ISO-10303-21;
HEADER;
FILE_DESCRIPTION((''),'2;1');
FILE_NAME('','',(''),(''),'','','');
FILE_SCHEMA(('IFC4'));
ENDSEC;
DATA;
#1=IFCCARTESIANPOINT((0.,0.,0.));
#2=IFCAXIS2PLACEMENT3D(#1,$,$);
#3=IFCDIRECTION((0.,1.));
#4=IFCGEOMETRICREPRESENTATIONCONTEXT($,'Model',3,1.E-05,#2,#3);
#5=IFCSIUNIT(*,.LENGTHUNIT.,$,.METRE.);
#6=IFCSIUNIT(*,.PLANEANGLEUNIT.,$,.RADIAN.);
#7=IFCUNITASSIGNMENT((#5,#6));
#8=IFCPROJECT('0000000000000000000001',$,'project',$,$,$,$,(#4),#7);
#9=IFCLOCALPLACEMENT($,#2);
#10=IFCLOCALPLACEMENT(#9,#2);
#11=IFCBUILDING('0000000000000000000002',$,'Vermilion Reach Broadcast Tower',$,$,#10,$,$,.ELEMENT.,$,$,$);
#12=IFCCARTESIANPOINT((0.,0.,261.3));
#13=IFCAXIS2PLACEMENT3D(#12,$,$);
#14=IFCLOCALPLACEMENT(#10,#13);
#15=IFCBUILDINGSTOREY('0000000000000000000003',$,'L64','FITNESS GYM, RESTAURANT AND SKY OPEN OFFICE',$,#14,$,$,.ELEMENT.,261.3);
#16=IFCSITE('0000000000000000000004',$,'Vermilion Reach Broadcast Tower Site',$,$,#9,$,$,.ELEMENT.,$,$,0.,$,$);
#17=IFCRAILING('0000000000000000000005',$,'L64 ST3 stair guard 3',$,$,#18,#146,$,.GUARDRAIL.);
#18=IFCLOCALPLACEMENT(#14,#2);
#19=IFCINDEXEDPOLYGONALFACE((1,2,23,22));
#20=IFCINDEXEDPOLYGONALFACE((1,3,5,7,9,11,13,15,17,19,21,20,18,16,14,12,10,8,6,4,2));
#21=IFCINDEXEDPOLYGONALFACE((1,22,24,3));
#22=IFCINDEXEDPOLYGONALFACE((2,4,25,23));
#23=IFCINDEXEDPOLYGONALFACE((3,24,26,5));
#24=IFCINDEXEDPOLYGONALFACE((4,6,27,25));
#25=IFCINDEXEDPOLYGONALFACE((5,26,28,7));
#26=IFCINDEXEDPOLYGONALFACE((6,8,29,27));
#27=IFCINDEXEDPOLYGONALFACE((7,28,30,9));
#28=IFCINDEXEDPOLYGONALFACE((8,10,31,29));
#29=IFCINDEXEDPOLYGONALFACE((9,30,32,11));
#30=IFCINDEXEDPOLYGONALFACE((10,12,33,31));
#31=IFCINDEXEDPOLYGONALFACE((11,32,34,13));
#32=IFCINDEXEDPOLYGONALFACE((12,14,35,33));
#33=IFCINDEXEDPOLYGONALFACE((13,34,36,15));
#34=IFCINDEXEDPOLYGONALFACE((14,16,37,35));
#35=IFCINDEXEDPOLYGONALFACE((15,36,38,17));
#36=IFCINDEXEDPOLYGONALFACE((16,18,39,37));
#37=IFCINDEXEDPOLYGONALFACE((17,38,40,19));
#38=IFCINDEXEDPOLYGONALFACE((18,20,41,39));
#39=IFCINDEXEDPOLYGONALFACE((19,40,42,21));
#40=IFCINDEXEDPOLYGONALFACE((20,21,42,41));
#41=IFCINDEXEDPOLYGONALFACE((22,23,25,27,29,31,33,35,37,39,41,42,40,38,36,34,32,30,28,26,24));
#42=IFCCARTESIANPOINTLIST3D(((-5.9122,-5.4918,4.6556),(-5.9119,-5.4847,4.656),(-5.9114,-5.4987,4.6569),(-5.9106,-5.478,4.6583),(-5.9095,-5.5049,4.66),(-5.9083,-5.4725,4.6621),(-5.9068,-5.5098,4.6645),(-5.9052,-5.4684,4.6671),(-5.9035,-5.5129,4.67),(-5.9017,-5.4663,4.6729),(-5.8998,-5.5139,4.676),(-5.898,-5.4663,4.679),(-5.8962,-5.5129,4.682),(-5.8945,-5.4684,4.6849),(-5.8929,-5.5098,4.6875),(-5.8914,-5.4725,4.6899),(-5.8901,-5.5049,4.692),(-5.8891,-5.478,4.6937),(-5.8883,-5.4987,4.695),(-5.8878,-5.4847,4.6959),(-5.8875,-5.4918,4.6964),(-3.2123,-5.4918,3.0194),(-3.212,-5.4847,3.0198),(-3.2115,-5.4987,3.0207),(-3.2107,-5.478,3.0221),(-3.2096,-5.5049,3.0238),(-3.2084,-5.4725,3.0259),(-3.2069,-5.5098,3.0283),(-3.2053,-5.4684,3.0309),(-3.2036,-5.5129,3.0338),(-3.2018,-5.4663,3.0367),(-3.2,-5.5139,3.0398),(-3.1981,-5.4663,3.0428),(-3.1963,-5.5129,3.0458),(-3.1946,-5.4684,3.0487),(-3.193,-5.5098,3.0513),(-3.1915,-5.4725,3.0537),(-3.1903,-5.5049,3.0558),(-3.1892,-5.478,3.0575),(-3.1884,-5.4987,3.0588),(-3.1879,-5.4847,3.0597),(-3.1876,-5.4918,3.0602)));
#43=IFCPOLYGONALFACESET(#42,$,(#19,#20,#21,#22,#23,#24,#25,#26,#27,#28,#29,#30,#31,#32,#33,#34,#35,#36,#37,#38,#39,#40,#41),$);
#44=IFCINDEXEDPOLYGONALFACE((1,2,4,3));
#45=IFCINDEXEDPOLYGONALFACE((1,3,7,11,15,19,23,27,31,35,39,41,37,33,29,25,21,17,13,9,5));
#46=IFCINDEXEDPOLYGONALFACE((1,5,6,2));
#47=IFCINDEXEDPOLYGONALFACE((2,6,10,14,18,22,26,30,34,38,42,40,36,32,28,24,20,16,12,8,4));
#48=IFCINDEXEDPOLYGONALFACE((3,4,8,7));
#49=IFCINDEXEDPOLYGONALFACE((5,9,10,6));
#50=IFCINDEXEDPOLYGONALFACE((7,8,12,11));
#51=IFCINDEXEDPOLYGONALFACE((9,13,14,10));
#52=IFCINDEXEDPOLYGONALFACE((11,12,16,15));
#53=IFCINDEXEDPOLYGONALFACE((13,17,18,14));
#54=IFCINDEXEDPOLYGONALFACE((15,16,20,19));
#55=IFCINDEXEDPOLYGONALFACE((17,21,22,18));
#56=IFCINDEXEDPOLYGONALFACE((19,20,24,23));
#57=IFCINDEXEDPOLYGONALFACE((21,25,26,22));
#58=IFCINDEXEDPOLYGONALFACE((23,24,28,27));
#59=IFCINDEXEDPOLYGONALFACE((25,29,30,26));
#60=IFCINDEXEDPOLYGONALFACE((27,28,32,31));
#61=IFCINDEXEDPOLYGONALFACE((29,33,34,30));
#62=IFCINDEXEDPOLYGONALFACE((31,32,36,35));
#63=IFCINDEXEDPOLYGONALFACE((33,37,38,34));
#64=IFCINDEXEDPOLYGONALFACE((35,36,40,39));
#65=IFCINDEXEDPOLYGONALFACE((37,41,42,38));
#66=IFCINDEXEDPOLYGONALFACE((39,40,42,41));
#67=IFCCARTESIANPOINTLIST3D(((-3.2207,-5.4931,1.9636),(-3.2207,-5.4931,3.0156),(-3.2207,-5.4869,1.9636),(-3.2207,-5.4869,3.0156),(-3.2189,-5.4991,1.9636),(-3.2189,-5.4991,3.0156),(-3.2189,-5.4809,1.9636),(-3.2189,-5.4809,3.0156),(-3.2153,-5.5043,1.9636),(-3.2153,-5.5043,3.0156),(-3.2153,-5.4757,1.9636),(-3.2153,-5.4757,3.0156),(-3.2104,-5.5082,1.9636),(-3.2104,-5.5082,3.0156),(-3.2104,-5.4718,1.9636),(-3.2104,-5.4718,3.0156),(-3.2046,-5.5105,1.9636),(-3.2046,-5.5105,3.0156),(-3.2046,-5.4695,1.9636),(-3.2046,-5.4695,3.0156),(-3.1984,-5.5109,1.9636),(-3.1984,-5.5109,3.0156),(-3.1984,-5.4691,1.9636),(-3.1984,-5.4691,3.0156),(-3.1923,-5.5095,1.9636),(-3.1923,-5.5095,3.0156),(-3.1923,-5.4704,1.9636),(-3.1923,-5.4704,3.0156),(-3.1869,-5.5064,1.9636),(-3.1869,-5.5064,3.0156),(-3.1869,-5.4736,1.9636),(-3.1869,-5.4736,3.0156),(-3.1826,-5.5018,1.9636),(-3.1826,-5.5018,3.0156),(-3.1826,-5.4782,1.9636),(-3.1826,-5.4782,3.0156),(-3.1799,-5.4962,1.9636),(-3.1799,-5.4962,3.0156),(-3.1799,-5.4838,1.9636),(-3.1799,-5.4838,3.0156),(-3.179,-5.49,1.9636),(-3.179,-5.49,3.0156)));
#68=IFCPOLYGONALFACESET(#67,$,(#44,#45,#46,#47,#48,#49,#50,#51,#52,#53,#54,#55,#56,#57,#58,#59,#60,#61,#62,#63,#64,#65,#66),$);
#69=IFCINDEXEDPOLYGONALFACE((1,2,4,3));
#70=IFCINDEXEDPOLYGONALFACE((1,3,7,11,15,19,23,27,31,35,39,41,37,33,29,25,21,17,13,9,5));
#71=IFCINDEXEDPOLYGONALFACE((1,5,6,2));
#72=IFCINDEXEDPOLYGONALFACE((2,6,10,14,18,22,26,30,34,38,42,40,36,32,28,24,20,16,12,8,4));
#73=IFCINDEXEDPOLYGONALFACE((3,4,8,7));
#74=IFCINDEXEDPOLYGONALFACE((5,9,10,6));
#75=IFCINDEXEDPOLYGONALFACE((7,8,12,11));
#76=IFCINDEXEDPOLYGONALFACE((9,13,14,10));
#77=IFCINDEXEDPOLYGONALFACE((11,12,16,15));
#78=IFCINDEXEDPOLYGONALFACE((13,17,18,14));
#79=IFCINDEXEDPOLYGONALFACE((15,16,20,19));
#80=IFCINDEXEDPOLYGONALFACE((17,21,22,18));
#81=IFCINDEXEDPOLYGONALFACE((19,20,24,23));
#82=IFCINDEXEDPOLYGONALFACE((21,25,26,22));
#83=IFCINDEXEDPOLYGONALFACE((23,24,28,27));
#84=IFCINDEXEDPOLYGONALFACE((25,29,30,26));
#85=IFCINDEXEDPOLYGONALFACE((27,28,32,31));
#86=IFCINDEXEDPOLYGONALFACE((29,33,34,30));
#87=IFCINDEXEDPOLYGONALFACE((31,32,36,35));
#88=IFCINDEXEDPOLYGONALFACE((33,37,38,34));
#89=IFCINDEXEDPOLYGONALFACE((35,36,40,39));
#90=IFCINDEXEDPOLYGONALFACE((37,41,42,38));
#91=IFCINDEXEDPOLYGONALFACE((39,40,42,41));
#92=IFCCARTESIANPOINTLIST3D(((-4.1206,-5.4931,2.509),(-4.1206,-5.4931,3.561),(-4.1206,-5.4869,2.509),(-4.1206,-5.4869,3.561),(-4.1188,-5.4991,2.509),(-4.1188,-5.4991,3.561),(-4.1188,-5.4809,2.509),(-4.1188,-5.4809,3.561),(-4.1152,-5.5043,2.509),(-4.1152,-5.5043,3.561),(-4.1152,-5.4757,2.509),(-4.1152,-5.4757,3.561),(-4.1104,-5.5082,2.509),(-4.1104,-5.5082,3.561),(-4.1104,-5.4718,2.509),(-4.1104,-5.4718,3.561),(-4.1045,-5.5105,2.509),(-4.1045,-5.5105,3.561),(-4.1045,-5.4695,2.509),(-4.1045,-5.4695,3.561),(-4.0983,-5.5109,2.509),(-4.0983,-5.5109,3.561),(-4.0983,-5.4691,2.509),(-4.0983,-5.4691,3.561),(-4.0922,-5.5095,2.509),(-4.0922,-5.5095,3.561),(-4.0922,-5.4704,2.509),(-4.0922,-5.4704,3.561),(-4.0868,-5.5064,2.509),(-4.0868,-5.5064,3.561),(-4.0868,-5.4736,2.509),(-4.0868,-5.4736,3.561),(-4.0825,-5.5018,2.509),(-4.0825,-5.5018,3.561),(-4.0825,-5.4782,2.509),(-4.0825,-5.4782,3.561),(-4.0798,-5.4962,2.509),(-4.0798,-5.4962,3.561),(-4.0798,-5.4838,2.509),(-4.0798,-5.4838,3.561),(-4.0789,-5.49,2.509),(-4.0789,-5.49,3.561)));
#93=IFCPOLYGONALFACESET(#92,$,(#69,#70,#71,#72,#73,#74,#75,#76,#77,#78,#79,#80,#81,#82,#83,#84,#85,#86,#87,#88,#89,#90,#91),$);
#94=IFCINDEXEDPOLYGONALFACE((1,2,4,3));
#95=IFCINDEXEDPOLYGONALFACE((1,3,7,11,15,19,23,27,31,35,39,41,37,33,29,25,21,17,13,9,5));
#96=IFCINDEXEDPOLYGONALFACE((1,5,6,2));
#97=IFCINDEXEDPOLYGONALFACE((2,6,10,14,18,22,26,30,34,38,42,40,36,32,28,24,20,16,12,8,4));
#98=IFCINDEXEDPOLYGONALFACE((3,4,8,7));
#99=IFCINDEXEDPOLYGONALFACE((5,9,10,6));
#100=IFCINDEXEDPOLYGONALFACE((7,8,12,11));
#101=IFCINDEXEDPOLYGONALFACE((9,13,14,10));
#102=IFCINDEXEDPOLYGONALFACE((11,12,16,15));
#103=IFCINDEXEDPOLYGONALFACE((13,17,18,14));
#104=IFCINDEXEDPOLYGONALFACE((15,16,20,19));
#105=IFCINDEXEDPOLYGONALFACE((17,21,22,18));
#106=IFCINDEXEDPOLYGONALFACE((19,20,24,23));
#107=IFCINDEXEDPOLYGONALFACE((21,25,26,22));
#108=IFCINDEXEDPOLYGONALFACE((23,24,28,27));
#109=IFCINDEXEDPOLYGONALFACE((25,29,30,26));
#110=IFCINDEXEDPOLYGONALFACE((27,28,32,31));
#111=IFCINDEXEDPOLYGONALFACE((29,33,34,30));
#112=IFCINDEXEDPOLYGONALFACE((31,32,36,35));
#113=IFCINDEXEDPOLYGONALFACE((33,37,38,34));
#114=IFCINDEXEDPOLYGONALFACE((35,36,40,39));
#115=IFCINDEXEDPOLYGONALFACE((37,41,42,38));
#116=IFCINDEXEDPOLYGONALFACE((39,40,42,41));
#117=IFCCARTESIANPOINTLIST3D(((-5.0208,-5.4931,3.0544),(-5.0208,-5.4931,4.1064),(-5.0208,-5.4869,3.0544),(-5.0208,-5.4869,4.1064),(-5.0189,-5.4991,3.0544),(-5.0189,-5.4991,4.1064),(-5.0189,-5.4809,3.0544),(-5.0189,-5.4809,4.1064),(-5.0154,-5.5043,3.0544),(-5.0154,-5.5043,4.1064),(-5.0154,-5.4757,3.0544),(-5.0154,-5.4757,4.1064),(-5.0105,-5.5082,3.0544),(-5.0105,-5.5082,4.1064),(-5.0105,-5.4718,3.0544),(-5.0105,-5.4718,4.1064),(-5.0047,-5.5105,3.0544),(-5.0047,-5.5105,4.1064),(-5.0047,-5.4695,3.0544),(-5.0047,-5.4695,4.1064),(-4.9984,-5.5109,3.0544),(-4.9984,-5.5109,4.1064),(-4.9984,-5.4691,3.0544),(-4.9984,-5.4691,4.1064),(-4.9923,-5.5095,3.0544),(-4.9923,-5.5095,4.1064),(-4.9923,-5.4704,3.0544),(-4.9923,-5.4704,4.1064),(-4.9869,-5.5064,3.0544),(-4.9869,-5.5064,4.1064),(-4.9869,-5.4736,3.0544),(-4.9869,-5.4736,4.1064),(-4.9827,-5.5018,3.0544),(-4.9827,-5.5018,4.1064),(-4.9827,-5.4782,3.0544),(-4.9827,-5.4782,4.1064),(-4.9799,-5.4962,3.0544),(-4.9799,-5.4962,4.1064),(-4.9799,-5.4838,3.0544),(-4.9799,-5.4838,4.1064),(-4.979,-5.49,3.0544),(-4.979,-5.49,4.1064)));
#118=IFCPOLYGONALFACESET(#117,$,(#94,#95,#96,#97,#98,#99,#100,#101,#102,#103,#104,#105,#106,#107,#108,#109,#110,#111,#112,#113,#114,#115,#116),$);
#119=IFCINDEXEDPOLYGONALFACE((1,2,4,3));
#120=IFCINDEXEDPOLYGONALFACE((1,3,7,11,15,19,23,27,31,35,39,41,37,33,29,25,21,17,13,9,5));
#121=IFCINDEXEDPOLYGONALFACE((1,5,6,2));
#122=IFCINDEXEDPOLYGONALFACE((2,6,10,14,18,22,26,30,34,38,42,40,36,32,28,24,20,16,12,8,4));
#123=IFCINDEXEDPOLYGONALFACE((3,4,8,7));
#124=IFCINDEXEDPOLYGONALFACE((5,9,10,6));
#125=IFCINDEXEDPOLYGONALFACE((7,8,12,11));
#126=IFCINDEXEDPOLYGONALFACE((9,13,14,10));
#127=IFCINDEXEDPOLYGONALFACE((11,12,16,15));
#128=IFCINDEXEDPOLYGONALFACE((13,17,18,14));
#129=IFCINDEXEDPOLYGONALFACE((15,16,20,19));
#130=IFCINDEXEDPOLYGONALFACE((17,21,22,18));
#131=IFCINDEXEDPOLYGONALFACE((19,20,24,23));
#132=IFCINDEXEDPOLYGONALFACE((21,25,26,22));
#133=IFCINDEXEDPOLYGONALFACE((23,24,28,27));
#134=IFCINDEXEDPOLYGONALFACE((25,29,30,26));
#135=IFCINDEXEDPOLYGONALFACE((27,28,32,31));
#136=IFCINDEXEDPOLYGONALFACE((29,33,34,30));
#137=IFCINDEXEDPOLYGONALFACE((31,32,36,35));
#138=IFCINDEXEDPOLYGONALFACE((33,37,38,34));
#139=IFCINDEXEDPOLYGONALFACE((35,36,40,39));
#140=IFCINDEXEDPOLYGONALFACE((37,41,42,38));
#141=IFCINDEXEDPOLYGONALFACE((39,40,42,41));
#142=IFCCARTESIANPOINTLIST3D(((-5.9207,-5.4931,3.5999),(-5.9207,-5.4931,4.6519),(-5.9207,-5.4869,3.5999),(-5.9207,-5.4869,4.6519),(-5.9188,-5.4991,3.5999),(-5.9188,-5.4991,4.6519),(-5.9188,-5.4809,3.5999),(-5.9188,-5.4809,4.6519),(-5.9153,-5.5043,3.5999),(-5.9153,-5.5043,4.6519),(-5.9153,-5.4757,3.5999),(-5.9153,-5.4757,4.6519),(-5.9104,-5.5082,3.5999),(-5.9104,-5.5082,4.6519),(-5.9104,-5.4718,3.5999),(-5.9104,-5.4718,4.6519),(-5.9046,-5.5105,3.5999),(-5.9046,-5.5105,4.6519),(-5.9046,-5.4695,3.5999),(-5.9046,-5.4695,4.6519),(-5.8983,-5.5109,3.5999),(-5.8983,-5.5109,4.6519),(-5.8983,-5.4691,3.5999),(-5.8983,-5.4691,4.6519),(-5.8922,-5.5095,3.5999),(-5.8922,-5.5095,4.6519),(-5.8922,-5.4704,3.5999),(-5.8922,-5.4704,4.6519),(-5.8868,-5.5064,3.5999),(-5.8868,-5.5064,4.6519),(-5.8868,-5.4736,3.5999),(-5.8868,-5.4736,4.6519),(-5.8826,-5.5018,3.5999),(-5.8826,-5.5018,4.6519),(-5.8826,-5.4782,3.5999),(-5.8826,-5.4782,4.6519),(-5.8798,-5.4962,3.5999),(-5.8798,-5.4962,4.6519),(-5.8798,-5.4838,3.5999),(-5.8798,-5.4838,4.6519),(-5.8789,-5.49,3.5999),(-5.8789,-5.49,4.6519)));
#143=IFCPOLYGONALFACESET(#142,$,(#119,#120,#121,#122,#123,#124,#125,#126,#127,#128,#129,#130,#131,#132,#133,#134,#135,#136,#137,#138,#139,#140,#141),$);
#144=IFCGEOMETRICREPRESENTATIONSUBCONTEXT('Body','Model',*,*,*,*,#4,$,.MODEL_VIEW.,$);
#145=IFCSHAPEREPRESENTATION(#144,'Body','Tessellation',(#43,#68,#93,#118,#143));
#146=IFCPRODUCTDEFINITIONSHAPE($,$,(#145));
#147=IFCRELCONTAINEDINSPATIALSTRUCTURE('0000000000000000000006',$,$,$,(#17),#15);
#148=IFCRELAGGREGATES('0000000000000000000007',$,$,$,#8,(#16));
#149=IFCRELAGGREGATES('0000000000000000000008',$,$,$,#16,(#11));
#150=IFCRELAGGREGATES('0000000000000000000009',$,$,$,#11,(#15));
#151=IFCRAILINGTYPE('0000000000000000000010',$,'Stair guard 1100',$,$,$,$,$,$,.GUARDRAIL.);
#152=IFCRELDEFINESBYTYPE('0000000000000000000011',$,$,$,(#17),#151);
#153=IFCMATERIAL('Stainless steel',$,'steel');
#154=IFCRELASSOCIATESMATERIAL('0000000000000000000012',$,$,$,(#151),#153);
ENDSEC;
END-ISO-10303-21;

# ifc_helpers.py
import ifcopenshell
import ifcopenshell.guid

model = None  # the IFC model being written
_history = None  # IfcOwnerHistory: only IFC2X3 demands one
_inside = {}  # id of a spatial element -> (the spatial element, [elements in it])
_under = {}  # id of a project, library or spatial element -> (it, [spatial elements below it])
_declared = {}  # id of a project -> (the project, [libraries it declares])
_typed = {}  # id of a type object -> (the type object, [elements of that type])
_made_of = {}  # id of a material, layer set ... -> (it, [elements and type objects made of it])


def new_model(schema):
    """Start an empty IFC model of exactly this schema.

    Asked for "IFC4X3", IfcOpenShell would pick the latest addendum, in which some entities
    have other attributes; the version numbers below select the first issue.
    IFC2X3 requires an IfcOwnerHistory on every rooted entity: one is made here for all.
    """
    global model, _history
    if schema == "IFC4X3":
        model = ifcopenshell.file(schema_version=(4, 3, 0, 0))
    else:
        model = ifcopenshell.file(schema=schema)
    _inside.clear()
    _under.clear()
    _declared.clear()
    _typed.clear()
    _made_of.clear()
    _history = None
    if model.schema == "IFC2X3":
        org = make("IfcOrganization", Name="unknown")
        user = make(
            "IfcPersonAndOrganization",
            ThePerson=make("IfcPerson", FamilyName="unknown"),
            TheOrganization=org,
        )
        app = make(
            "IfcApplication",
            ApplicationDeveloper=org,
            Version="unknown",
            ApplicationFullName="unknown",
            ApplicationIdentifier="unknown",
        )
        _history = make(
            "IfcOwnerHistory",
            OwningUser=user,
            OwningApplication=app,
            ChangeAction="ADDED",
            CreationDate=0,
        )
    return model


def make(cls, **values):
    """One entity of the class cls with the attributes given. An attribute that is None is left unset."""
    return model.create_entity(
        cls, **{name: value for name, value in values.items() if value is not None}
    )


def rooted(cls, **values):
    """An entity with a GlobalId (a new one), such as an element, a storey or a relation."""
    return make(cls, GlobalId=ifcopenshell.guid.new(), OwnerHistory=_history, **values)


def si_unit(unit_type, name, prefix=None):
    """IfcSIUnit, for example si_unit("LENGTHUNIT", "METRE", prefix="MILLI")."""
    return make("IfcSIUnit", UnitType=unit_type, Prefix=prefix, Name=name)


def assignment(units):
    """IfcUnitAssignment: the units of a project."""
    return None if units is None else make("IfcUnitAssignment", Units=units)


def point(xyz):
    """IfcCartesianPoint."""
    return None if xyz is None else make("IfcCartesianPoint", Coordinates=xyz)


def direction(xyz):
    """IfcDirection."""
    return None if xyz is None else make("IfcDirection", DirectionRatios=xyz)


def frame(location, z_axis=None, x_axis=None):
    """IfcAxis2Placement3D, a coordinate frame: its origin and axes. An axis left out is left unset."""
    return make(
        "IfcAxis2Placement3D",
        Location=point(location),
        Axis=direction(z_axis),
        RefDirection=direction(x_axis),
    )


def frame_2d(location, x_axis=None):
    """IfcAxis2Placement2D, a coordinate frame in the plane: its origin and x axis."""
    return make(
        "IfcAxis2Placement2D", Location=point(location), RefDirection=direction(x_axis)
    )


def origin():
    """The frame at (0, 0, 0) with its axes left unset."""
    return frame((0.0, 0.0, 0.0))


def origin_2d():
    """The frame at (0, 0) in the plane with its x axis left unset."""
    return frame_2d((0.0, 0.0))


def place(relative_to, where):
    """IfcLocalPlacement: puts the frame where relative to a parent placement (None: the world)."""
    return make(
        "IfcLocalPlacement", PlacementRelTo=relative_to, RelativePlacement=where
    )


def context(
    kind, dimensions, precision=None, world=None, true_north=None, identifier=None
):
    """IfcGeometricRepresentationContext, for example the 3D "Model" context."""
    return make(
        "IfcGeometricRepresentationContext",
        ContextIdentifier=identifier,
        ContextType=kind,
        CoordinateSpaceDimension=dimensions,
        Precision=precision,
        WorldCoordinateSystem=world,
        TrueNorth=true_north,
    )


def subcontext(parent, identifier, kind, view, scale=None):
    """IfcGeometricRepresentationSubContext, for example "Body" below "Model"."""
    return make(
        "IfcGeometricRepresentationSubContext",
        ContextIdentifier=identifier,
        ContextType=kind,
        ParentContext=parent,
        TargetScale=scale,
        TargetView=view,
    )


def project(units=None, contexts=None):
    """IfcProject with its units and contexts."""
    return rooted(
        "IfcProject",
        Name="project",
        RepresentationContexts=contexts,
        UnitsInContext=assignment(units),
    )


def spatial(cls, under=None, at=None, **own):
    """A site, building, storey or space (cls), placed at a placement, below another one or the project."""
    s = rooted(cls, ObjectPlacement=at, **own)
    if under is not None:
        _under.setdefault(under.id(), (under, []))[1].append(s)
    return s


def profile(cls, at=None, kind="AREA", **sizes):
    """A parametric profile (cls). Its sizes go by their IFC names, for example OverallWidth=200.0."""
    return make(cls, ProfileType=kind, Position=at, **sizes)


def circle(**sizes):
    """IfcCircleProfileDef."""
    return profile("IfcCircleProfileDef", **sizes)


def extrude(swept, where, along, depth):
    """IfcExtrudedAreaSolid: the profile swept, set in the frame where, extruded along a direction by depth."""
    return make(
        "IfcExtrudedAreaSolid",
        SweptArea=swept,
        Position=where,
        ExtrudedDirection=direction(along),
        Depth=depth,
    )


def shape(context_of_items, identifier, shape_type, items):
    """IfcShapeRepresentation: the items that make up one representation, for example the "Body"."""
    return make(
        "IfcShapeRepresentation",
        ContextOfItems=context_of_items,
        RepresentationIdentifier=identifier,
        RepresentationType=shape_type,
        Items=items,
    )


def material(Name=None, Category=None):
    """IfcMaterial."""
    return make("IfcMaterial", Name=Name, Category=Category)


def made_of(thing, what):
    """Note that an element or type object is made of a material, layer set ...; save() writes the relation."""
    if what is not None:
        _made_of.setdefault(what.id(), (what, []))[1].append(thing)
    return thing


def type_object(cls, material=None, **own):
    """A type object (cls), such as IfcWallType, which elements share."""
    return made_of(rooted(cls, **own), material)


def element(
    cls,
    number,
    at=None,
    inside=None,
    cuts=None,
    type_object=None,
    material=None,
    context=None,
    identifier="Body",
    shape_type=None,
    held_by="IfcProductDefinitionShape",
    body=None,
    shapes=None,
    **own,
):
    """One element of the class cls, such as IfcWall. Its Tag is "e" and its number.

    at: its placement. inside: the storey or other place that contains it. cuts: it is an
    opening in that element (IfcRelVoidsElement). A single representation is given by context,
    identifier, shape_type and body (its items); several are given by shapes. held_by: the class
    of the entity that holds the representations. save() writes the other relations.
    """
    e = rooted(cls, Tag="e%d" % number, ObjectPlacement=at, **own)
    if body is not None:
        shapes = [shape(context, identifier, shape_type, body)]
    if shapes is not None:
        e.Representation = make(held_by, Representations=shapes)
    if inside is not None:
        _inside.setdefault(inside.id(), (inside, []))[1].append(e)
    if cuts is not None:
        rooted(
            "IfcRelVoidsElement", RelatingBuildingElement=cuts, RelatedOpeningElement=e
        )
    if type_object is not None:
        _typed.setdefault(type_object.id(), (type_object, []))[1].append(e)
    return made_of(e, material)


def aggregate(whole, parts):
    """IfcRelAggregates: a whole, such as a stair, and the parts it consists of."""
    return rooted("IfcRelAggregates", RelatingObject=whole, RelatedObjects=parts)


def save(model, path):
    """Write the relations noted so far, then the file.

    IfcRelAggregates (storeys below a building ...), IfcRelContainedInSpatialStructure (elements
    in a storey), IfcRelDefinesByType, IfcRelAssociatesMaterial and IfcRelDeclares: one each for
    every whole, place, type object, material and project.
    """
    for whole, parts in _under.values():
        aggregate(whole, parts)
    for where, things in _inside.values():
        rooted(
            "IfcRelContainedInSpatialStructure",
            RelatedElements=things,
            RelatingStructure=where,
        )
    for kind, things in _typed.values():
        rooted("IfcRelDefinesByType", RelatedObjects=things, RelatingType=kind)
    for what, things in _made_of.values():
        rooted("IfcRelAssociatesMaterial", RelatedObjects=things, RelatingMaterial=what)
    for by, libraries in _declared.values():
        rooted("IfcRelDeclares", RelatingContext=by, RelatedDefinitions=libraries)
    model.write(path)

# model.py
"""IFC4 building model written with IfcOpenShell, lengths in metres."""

from ifc_helpers import new_model, si_unit, direction, frame, origin, origin_2d, place, context, subcontext, project, spatial, circle, extrude, material, type_object, element, save


model = new_model("IFC4")

# Units and contexts
model_context = context("Model", 3, precision=1e-05, world=origin(), true_north=direction((0.0, 1.0)))
body_context = subcontext(model_context, "Body", "Model", "MODEL_VIEW")
ifc_project = project(units=[si_unit("LENGTHUNIT", "METRE"), si_unit("PLANEANGLEUNIT", "RADIAN")], contexts=[model_context])

# Site, building, storey
site_placement = place(None, origin())
site = spatial("IfcSite", under=ifc_project, at=site_placement, Name="Vermilion Reach Broadcast Tower Site", CompositionType="ELEMENT", RefElevation=0.0)
building_placement = place(site_placement, origin())
building = spatial("IfcBuilding", under=site, at=building_placement, Name="Vermilion Reach Broadcast Tower", CompositionType="ELEMENT")
storey_placement = place(building_placement, frame((0.0, 0.0, 261.3)))
storey = spatial("IfcBuildingStorey", under=building, at=storey_placement, Name="L64", Description="FITNESS GYM, RESTAURANT AND SKY OPEN OFFICE", CompositionType="ELEMENT", Elevation=261.3)

# Railing
ifc_material_1 = material(Name="Stainless steel", Category="steel")
railing_type_1 = type_object("IfcRailingType", Name="Stair guard 1100", PredefinedType="GUARDRAIL", material=ifc_material_1)
railing_1_placement = place(storey_placement, frame((-3.2, -5.49, 1.9636)))
element("IfcRailing", 1, at=railing_1_placement, inside=storey, type_object=railing_type_1, Name="L64 ST3 stair guard 3", PredefinedType="GUARDRAIL", context=body_context, shape_type="SweptSolid", body=[
    extrude(circle(Radius=0.0239, at=origin_2d()), frame((0.0, 0.0, 1.0762), z_axis=(-0.855212, 0.0, 0.518278), x_axis=(0.0, -1.0, 0.0)), (0.0, 0.0, 1.0), 3.157),
    extrude(circle(Radius=0.021, at=origin_2d()), origin(), (0.0, 0.0, 1.0), 1.052),
    extrude(circle(Radius=0.021, at=origin_2d()), frame((-0.8999, 0.0, 0.5454)), (0.0, 0.0, 1.0), 1.052),
    extrude(circle(Radius=0.021, at=origin_2d()), frame((-1.8, 0.0, 1.0908)), (0.0, 0.0, 1.0), 1.052),
    extrude(circle(Radius=0.021, at=origin_2d()), frame((-2.7, 0.0, 1.6362)), (0.0, 0.0, 1.0), 1.052),
])

save(model, "model.ifc")
